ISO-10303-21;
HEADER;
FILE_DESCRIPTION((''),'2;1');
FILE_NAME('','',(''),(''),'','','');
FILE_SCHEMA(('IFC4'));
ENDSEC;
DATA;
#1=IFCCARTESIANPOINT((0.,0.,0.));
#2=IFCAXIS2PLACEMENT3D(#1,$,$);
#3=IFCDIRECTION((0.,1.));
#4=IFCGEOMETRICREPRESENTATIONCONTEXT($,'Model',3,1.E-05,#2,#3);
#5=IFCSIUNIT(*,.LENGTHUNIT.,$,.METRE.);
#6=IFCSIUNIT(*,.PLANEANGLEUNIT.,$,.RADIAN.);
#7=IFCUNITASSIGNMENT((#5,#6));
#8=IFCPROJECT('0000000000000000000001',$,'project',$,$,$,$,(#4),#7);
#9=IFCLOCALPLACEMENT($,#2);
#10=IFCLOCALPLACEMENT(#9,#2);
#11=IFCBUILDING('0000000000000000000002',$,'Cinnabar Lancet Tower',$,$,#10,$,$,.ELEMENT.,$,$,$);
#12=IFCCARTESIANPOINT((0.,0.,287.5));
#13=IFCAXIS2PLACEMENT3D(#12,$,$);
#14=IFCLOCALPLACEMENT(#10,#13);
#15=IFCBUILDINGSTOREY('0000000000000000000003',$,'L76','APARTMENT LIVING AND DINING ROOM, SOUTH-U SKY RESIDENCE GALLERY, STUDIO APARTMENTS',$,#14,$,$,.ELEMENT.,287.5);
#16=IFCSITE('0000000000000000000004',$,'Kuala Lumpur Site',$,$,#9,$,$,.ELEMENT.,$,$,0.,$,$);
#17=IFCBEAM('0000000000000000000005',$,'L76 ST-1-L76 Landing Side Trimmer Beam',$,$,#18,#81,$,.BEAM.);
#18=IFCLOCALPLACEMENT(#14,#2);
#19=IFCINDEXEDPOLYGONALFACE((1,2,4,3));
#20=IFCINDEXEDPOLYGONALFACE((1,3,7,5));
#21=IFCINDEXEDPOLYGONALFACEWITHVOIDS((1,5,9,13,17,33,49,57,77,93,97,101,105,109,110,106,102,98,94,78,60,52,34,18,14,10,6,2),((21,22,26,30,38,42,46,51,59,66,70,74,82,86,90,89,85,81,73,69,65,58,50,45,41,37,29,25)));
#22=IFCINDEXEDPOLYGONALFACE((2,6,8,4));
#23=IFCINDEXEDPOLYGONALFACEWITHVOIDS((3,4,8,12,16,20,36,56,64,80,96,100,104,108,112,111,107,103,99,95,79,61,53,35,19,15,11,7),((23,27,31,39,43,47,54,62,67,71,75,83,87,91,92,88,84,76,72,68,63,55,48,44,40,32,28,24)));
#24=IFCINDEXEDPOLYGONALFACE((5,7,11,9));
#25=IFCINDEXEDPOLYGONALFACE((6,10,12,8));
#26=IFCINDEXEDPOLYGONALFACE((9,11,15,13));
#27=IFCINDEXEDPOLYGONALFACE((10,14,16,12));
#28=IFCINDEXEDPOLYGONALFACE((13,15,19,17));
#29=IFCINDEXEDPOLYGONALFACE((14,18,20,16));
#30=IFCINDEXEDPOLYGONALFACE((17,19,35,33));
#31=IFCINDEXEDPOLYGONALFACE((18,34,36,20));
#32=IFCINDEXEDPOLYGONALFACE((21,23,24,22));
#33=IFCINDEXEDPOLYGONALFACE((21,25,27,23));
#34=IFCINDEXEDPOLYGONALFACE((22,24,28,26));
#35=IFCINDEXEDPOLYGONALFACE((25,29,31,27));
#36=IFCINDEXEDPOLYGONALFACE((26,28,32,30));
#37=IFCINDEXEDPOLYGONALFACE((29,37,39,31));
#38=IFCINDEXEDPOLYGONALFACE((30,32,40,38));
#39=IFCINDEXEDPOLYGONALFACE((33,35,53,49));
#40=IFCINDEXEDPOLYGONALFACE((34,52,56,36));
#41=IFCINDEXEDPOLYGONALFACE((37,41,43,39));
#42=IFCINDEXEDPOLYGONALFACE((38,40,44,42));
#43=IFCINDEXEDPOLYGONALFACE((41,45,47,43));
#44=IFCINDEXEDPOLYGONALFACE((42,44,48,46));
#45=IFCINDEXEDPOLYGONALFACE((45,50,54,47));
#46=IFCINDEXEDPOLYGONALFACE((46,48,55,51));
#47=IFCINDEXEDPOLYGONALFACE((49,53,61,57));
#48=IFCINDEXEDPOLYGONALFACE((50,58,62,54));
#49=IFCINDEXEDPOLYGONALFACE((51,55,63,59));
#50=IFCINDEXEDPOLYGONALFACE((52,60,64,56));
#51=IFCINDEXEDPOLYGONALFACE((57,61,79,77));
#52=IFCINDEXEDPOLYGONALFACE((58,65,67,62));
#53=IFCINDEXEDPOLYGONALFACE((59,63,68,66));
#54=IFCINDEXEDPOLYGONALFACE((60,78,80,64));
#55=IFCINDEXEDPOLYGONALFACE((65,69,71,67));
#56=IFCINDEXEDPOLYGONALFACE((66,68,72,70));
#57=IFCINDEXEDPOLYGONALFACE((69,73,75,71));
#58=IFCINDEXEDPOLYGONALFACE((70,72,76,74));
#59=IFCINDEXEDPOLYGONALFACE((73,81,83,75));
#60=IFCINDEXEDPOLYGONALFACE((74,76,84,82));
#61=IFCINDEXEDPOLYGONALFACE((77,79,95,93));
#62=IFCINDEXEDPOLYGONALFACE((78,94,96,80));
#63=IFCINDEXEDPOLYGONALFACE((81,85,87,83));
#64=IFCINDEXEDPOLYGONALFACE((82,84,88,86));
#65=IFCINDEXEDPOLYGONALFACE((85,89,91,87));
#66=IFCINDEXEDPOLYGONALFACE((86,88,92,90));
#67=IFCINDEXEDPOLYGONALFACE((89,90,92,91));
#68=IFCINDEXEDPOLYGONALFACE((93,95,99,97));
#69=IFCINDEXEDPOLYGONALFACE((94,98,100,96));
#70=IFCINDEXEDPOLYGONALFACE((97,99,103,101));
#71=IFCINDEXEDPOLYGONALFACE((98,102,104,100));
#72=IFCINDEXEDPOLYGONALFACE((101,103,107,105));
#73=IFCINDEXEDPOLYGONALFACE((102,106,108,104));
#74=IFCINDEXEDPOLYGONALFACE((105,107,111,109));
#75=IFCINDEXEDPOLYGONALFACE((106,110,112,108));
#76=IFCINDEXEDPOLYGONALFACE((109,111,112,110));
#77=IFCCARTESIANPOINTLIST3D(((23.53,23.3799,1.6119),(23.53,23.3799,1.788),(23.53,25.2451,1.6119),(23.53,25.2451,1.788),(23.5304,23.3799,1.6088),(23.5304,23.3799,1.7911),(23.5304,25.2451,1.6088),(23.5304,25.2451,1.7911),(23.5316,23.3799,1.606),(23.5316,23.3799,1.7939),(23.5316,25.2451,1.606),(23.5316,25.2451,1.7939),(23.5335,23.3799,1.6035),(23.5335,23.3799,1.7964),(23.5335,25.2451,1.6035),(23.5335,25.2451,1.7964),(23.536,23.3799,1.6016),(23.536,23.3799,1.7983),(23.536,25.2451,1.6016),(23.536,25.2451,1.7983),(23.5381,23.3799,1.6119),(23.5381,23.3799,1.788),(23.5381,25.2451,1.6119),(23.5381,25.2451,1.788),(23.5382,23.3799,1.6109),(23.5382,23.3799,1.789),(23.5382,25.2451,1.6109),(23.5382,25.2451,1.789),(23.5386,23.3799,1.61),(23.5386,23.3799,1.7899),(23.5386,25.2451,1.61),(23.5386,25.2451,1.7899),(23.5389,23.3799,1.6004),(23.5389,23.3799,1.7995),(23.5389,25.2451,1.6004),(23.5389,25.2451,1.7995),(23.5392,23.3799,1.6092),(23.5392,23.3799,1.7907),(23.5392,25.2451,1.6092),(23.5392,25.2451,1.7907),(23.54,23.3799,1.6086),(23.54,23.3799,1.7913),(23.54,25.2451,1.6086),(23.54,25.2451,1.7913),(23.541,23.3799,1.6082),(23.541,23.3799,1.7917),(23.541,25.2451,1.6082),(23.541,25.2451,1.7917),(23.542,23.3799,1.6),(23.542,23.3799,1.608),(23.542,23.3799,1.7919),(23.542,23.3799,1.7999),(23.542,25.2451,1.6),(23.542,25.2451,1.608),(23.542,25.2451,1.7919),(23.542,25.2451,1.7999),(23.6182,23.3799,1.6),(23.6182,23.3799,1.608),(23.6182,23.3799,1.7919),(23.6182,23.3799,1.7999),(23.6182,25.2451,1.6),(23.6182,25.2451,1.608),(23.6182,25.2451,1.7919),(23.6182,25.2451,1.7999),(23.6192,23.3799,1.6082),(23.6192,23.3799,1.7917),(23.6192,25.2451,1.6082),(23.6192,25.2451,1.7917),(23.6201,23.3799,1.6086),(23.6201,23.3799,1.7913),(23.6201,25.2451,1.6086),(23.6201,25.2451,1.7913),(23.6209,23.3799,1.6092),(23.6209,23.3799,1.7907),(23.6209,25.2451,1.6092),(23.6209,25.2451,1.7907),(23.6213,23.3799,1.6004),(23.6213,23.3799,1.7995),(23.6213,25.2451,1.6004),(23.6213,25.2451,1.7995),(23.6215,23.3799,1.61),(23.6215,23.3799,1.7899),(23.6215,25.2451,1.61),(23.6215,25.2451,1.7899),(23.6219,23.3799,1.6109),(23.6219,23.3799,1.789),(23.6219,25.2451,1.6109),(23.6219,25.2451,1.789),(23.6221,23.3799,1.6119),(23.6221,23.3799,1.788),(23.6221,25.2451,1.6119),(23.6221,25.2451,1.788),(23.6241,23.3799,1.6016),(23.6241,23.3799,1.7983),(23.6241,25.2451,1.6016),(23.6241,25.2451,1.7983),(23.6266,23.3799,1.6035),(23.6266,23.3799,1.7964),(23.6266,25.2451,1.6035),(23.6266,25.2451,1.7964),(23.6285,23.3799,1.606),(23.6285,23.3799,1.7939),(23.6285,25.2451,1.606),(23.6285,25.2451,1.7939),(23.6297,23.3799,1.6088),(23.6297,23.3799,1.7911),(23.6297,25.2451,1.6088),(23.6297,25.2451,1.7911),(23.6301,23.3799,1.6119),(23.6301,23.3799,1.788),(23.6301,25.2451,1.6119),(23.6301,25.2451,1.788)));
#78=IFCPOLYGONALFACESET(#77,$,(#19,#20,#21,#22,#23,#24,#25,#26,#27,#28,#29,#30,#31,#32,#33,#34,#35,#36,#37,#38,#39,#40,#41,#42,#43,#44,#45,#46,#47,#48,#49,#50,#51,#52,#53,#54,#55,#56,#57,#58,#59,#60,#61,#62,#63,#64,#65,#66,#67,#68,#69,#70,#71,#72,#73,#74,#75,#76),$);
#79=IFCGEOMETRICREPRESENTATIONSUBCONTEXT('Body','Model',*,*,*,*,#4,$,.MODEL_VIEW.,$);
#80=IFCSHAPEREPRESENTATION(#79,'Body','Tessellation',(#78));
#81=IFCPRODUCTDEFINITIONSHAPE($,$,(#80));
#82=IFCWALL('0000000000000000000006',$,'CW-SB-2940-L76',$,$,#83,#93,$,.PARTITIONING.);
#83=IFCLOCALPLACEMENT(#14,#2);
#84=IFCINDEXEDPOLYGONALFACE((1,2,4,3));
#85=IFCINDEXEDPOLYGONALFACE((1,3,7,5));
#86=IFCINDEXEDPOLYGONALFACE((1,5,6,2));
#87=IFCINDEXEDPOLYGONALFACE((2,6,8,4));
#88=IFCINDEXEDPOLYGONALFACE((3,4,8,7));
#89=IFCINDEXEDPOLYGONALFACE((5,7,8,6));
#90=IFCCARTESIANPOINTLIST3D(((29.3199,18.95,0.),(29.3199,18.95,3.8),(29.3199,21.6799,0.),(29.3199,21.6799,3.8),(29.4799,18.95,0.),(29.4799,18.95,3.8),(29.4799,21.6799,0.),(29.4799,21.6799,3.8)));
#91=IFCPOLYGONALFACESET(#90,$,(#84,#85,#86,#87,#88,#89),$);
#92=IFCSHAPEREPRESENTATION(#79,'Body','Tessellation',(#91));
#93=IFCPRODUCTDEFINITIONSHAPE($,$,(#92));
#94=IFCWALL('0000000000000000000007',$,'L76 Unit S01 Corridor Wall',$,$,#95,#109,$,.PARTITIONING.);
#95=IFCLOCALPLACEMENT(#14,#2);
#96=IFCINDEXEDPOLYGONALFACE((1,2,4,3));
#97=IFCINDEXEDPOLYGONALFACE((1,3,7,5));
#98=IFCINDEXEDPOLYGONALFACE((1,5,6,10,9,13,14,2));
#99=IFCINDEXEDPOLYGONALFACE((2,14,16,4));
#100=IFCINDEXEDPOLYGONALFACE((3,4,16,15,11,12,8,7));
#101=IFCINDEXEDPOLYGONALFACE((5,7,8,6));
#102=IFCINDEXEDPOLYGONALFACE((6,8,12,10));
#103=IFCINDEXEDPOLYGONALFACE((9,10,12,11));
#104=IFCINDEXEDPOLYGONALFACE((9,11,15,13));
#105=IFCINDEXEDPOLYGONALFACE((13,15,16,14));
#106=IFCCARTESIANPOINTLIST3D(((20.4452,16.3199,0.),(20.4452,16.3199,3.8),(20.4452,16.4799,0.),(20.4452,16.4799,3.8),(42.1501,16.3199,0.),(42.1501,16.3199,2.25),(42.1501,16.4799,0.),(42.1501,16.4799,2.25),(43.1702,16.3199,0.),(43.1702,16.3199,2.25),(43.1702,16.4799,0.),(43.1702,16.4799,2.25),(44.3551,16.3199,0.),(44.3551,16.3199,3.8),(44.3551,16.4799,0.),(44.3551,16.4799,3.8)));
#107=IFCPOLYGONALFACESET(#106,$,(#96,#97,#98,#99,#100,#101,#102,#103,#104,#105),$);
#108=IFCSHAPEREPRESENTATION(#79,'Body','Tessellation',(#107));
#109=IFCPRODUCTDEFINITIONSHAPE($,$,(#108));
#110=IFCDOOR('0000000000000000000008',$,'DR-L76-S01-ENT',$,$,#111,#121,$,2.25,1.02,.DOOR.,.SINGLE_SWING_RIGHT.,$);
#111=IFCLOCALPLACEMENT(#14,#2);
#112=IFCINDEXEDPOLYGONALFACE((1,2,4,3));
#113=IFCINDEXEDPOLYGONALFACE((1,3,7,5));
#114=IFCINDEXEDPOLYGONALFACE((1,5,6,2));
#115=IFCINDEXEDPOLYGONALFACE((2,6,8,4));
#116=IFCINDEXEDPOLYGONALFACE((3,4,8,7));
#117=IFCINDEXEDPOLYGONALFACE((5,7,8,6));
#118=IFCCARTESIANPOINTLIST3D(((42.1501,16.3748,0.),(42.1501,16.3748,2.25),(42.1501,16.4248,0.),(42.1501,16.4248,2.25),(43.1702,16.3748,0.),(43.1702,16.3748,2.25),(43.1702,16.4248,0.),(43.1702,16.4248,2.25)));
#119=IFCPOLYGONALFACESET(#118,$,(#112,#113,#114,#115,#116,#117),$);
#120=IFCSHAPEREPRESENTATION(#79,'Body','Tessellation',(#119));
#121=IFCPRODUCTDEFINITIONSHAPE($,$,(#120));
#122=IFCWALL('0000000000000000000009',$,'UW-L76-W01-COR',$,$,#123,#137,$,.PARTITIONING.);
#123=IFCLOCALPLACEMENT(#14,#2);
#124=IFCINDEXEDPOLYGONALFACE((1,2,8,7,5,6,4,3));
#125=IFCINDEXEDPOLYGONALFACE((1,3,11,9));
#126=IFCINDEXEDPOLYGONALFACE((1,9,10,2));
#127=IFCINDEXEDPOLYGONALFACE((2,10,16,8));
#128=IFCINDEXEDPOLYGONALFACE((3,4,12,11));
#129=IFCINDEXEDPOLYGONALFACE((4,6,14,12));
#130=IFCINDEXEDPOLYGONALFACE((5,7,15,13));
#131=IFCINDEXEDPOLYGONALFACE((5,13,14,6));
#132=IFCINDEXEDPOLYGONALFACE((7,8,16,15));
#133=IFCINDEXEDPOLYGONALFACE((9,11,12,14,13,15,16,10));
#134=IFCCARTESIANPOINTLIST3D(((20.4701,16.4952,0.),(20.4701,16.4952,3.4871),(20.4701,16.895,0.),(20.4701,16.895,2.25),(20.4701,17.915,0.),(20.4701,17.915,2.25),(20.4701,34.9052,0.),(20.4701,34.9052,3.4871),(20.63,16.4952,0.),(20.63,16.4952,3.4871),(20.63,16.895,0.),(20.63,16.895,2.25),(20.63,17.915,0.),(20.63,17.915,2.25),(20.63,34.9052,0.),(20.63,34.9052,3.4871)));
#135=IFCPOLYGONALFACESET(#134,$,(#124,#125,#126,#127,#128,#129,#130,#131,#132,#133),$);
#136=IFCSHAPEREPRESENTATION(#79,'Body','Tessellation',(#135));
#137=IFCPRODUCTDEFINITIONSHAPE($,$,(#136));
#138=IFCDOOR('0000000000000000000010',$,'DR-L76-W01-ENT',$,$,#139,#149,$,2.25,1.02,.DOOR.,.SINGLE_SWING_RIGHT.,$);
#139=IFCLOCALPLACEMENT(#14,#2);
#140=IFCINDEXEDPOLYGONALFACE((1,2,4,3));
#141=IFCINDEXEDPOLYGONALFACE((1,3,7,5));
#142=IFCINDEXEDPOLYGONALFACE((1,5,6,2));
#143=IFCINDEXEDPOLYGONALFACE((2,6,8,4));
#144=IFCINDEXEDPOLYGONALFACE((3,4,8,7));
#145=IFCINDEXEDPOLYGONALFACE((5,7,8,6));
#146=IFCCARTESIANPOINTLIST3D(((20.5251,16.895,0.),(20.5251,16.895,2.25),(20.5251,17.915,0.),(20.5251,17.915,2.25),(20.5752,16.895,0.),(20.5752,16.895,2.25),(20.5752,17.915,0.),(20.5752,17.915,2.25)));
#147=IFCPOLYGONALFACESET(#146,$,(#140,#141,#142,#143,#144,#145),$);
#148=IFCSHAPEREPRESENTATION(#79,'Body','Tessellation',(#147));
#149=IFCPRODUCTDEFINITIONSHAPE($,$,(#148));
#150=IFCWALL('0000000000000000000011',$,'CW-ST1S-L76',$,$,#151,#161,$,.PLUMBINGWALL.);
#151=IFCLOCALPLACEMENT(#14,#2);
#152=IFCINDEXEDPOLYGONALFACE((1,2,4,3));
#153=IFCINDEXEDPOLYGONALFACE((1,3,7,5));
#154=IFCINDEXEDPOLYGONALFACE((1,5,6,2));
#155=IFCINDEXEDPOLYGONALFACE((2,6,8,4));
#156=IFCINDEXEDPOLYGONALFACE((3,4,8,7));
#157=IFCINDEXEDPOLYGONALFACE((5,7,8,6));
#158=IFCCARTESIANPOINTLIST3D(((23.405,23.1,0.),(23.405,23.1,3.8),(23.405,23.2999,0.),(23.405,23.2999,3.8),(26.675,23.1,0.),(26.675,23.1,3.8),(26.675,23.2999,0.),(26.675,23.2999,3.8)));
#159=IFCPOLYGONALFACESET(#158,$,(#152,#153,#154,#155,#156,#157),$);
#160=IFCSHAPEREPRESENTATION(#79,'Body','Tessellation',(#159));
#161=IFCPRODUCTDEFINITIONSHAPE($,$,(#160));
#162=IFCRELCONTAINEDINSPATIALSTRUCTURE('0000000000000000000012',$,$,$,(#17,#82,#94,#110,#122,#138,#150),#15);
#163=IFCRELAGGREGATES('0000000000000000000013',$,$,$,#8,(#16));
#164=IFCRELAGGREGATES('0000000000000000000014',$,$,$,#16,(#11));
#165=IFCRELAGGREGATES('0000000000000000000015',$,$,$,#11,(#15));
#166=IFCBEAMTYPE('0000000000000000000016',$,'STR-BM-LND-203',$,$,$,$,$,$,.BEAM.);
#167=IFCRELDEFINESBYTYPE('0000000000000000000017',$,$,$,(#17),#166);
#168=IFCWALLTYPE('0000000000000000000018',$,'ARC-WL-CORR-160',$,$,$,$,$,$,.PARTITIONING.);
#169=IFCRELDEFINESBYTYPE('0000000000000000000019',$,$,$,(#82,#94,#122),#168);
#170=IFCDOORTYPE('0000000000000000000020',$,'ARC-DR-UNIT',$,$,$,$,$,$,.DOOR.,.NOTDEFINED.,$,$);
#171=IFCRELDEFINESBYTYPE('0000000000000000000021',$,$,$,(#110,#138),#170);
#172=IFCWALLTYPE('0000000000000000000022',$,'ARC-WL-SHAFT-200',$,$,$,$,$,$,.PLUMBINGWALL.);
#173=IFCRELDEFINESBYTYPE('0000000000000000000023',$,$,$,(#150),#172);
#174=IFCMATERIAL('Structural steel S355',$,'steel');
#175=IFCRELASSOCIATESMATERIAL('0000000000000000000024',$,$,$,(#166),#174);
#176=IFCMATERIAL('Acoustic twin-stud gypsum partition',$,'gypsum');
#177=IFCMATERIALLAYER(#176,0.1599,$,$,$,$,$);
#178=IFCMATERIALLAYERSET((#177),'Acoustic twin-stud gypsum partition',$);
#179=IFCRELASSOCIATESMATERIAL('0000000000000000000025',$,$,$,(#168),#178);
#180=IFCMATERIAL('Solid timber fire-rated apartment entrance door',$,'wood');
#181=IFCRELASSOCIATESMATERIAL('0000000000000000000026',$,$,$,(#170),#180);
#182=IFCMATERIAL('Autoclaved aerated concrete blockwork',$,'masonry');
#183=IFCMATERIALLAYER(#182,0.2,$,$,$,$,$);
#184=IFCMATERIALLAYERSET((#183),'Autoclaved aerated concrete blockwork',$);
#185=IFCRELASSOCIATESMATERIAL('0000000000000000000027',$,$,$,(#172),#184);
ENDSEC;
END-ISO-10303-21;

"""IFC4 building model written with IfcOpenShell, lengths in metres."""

from ifc_helpers import new_model, si_unit, direction, frame, frame_2d, origin, origin_2d, place, context, subcontext, project, spatial, rectangle, hollow_rectangle, extrude, material, layer, layer_set, material_profile, profile_set, type_object, element, fill, save


model = new_model("IFC4")

# Units and contexts
model_context = context("Model", 3, precision=1e-05, world=origin(), true_north=direction((0.0, 1.0)))
body_context = subcontext(model_context, "Body", "Model", "MODEL_VIEW")
ifc_project = project(units=[si_unit("LENGTHUNIT", "METRE"), si_unit("PLANEANGLEUNIT", "RADIAN")], contexts=[model_context])

# Site, building, storey
site_placement = place(None, origin())
site = spatial("IfcSite", under=ifc_project, at=site_placement, Name="Kuala Lumpur Site", CompositionType="ELEMENT", RefElevation=0.0)
building_placement = place(site_placement, origin())
building = spatial("IfcBuilding", under=site, at=building_placement, Name="Cinnabar Lancet Tower", CompositionType="ELEMENT")
storey_placement = place(building_placement, frame((0.0, 0.0, 287.5)))
storey = spatial("IfcBuildingStorey", under=building, at=storey_placement, Name="L76", Description="APARTMENT LIVING AND DINING ROOM, SOUTH-U SKY RESIDENCE GALLERY, STUDIO APARTMENTS", CompositionType="ELEMENT", Elevation=287.5)

# Beam
ifc_material_1 = material(Name="Structural steel S355", Category="steel")
ifc_material_profile_1 = material_profile(ifc_material_1, hollow_rectangle(XDim=0.1001, YDim=0.2, WallThickness=0.0081, InnerFilletRadius=0.0039, OuterFilletRadius=0.012, at=origin_2d()), Name="RHS 200x100x8")
ifc_profile_set_1 = profile_set([ifc_material_profile_1], Name="Structural steel S355")
beam_type_1 = type_object("IfcBeamType", Name="STR-BM-LND-203", PredefinedType="BEAM", material=ifc_profile_set_1)
beam_1_placement = place(storey_placement, frame((23.5801, 23.3799, 1.7), z_axis=(0.0, 1.0, 0.0), x_axis=(-1.0, 0.0, 0.0)))
element("IfcBeam", 1, at=beam_1_placement, inside=storey, type_object=beam_type_1, Name="L76 ST-1-L76 Landing Side Trimmer Beam", PredefinedType="BEAM", context=body_context, shape_type="SweptSolid", body=[
    extrude(hollow_rectangle(XDim=0.1001, YDim=0.2, WallThickness=0.0081, InnerFilletRadius=0.0039, OuterFilletRadius=0.012, at=origin_2d()), origin(), (0.0, 0.0, 1.0), 1.8652),
])

# Wall
ifc_material_2 = material(Name="Acoustic twin-stud gypsum partition", Category="gypsum")
ifc_layer_1 = layer(ifc_material_2, 0.1599)
ifc_layer_set_1 = layer_set([ifc_layer_1], Name="Acoustic twin-stud gypsum partition")
wall_type_1 = type_object("IfcWallType", Name="ARC-WL-CORR-160", PredefinedType="PARTITIONING", material=ifc_layer_set_1)
wall_1_placement = place(storey_placement, frame((29.3999, 18.95, 0.0), z_axis=(0.0, 0.0, 1.0), x_axis=(0.0, 1.0, 0.0)))
element("IfcWall", 2, at=wall_1_placement, inside=storey, type_object=wall_type_1, Name="CW-SB-2940-L76", PredefinedType="PARTITIONING", context=body_context, shape_type="SweptSolid", body=[
    extrude(rectangle(XDim=2.73, YDim=0.1599, at=frame_2d((1.365, 0.0))), origin(), (0.0, 0.0, 1.0), 3.8),
])

# Walls, openings, doors
wall_2_placement = place(storey_placement, frame((20.4451, 16.3999, 0.0), z_axis=(0.0, 0.0, 1.0), x_axis=(1.0, 0.0, 0.0)))
wall_2 = element("IfcWall", 3, at=wall_2_placement, inside=storey, type_object=wall_type_1, Name="L76 Unit S01 Corridor Wall", PredefinedType="PARTITIONING", context=body_context, shape_type="SweptSolid", body=[
    extrude(rectangle(XDim=23.9099, YDim=0.1599, at=frame_2d((11.9551, 0.0))), origin(), (0.0, 0.0, 1.0), 3.8),
])
opening_1_placement = place(wall_2_placement, frame((21.7051, 0.0, 0.0)))
opening_1 = element("IfcOpeningElement", 4, at=opening_1_placement, cuts=wall_2, PredefinedType="OPENING", context=body_context, shape_type="SweptSolid", body=[
    extrude(rectangle(XDim=1.02, YDim=2.25, at=frame_2d((0.51, 1.125))), frame((0.0, 0.0898, 0.0), z_axis=(0.0, -1.0, 0.0), x_axis=(1.0, 0.0, 0.0)), (0.0, 0.0, 1.0), 0.1799),
])
ifc_material_3 = material(Name="Solid timber fire-rated apartment entrance door", Category="wood")
door_type_1 = type_object("IfcDoorType", Name="ARC-DR-UNIT", OperationType="NOTDEFINED", PredefinedType="DOOR", material=ifc_material_3)
door_1_placement = place(opening_1_placement, origin())
door_1 = element("IfcDoor", 5, at=door_1_placement, inside=storey, type_object=door_type_1, Name="DR-L76-S01-ENT", OperationType="SINGLE_SWING_RIGHT", OverallHeight=2.25, OverallWidth=1.02, PredefinedType="DOOR", context=body_context, shape_type="SweptSolid", body=[
    extrude(rectangle(XDim=1.02, YDim=2.25, at=frame_2d((0.51, 1.125))), frame((0.0, 0.0249, 0.0), z_axis=(0.0, -1.0, 0.0), x_axis=(1.0, 0.0, 0.0)), (0.0, 0.0, 1.0), 0.05),
])
fill(opening_1, door_1)
wall_3_placement = place(storey_placement, frame((20.55, 16.4951, 0.0), z_axis=(0.0, 0.0, 1.0), x_axis=(0.0, 1.0, 0.0)))
wall_3 = element("IfcWall", 6, at=wall_3_placement, inside=storey, type_object=wall_type_1, Name="UW-L76-W01-COR", PredefinedType="PARTITIONING", context=body_context, shape_type="SweptSolid", body=[
    extrude(rectangle(XDim=18.4099, YDim=0.1599, at=frame_2d((9.2051, 0.0))), origin(), (0.0, 0.0, 1.0), 3.4871),
])
opening_2_placement = place(wall_3_placement, frame((0.3999, 0.0, 0.0)))
opening_2 = element("IfcOpeningElement", 7, at=opening_2_placement, cuts=wall_3, PredefinedType="OPENING", context=body_context, shape_type="SweptSolid", body=[
    extrude(rectangle(XDim=1.02, YDim=2.25, at=frame_2d((0.51, 1.125))), frame((0.0, 0.0898, 0.0), z_axis=(0.0, -1.0, 0.0), x_axis=(1.0, 0.0, 0.0)), (0.0, 0.0, 1.0), 0.1799),
])
door_2_placement = place(opening_2_placement, origin())
door_2 = element("IfcDoor", 8, at=door_2_placement, inside=storey, type_object=door_type_1, Name="DR-L76-W01-ENT", OperationType="SINGLE_SWING_RIGHT", OverallHeight=2.25, OverallWidth=1.02, PredefinedType="DOOR", context=body_context, shape_type="SweptSolid", body=[
    extrude(rectangle(XDim=1.02, YDim=2.25, at=frame_2d((0.51, 1.125))), frame((0.0, 0.0249, 0.0), z_axis=(0.0, -1.0, 0.0), x_axis=(1.0, 0.0, 0.0)), (0.0, 0.0, 1.0), 0.05),
])
fill(opening_2, door_2)

# Wall
ifc_material_4 = material(Name="Autoclaved aerated concrete blockwork", Category="masonry")
ifc_layer_2 = layer(ifc_material_4, 0.2)
ifc_layer_set_2 = layer_set([ifc_layer_2], Name="Autoclaved aerated concrete blockwork")
wall_type_2 = type_object("IfcWallType", Name="ARC-WL-SHAFT-200", PredefinedType="PLUMBINGWALL", material=ifc_layer_set_2)
wall_4_placement = place(storey_placement, frame((23.405, 23.2, 0.0), z_axis=(0.0, 0.0, 1.0), x_axis=(1.0, 0.0, 0.0)))
element("IfcWall", 9, at=wall_4_placement, inside=storey, type_object=wall_type_2, Name="CW-ST1S-L76", PredefinedType="PLUMBINGWALL", context=body_context, shape_type="SweptSolid", body=[
    extrude(rectangle(XDim=3.27, YDim=0.2, at=frame_2d((1.635, 0.0))), origin(), (0.0, 0.0, 1.0), 3.8),
])

save(model, "model.ifc")
